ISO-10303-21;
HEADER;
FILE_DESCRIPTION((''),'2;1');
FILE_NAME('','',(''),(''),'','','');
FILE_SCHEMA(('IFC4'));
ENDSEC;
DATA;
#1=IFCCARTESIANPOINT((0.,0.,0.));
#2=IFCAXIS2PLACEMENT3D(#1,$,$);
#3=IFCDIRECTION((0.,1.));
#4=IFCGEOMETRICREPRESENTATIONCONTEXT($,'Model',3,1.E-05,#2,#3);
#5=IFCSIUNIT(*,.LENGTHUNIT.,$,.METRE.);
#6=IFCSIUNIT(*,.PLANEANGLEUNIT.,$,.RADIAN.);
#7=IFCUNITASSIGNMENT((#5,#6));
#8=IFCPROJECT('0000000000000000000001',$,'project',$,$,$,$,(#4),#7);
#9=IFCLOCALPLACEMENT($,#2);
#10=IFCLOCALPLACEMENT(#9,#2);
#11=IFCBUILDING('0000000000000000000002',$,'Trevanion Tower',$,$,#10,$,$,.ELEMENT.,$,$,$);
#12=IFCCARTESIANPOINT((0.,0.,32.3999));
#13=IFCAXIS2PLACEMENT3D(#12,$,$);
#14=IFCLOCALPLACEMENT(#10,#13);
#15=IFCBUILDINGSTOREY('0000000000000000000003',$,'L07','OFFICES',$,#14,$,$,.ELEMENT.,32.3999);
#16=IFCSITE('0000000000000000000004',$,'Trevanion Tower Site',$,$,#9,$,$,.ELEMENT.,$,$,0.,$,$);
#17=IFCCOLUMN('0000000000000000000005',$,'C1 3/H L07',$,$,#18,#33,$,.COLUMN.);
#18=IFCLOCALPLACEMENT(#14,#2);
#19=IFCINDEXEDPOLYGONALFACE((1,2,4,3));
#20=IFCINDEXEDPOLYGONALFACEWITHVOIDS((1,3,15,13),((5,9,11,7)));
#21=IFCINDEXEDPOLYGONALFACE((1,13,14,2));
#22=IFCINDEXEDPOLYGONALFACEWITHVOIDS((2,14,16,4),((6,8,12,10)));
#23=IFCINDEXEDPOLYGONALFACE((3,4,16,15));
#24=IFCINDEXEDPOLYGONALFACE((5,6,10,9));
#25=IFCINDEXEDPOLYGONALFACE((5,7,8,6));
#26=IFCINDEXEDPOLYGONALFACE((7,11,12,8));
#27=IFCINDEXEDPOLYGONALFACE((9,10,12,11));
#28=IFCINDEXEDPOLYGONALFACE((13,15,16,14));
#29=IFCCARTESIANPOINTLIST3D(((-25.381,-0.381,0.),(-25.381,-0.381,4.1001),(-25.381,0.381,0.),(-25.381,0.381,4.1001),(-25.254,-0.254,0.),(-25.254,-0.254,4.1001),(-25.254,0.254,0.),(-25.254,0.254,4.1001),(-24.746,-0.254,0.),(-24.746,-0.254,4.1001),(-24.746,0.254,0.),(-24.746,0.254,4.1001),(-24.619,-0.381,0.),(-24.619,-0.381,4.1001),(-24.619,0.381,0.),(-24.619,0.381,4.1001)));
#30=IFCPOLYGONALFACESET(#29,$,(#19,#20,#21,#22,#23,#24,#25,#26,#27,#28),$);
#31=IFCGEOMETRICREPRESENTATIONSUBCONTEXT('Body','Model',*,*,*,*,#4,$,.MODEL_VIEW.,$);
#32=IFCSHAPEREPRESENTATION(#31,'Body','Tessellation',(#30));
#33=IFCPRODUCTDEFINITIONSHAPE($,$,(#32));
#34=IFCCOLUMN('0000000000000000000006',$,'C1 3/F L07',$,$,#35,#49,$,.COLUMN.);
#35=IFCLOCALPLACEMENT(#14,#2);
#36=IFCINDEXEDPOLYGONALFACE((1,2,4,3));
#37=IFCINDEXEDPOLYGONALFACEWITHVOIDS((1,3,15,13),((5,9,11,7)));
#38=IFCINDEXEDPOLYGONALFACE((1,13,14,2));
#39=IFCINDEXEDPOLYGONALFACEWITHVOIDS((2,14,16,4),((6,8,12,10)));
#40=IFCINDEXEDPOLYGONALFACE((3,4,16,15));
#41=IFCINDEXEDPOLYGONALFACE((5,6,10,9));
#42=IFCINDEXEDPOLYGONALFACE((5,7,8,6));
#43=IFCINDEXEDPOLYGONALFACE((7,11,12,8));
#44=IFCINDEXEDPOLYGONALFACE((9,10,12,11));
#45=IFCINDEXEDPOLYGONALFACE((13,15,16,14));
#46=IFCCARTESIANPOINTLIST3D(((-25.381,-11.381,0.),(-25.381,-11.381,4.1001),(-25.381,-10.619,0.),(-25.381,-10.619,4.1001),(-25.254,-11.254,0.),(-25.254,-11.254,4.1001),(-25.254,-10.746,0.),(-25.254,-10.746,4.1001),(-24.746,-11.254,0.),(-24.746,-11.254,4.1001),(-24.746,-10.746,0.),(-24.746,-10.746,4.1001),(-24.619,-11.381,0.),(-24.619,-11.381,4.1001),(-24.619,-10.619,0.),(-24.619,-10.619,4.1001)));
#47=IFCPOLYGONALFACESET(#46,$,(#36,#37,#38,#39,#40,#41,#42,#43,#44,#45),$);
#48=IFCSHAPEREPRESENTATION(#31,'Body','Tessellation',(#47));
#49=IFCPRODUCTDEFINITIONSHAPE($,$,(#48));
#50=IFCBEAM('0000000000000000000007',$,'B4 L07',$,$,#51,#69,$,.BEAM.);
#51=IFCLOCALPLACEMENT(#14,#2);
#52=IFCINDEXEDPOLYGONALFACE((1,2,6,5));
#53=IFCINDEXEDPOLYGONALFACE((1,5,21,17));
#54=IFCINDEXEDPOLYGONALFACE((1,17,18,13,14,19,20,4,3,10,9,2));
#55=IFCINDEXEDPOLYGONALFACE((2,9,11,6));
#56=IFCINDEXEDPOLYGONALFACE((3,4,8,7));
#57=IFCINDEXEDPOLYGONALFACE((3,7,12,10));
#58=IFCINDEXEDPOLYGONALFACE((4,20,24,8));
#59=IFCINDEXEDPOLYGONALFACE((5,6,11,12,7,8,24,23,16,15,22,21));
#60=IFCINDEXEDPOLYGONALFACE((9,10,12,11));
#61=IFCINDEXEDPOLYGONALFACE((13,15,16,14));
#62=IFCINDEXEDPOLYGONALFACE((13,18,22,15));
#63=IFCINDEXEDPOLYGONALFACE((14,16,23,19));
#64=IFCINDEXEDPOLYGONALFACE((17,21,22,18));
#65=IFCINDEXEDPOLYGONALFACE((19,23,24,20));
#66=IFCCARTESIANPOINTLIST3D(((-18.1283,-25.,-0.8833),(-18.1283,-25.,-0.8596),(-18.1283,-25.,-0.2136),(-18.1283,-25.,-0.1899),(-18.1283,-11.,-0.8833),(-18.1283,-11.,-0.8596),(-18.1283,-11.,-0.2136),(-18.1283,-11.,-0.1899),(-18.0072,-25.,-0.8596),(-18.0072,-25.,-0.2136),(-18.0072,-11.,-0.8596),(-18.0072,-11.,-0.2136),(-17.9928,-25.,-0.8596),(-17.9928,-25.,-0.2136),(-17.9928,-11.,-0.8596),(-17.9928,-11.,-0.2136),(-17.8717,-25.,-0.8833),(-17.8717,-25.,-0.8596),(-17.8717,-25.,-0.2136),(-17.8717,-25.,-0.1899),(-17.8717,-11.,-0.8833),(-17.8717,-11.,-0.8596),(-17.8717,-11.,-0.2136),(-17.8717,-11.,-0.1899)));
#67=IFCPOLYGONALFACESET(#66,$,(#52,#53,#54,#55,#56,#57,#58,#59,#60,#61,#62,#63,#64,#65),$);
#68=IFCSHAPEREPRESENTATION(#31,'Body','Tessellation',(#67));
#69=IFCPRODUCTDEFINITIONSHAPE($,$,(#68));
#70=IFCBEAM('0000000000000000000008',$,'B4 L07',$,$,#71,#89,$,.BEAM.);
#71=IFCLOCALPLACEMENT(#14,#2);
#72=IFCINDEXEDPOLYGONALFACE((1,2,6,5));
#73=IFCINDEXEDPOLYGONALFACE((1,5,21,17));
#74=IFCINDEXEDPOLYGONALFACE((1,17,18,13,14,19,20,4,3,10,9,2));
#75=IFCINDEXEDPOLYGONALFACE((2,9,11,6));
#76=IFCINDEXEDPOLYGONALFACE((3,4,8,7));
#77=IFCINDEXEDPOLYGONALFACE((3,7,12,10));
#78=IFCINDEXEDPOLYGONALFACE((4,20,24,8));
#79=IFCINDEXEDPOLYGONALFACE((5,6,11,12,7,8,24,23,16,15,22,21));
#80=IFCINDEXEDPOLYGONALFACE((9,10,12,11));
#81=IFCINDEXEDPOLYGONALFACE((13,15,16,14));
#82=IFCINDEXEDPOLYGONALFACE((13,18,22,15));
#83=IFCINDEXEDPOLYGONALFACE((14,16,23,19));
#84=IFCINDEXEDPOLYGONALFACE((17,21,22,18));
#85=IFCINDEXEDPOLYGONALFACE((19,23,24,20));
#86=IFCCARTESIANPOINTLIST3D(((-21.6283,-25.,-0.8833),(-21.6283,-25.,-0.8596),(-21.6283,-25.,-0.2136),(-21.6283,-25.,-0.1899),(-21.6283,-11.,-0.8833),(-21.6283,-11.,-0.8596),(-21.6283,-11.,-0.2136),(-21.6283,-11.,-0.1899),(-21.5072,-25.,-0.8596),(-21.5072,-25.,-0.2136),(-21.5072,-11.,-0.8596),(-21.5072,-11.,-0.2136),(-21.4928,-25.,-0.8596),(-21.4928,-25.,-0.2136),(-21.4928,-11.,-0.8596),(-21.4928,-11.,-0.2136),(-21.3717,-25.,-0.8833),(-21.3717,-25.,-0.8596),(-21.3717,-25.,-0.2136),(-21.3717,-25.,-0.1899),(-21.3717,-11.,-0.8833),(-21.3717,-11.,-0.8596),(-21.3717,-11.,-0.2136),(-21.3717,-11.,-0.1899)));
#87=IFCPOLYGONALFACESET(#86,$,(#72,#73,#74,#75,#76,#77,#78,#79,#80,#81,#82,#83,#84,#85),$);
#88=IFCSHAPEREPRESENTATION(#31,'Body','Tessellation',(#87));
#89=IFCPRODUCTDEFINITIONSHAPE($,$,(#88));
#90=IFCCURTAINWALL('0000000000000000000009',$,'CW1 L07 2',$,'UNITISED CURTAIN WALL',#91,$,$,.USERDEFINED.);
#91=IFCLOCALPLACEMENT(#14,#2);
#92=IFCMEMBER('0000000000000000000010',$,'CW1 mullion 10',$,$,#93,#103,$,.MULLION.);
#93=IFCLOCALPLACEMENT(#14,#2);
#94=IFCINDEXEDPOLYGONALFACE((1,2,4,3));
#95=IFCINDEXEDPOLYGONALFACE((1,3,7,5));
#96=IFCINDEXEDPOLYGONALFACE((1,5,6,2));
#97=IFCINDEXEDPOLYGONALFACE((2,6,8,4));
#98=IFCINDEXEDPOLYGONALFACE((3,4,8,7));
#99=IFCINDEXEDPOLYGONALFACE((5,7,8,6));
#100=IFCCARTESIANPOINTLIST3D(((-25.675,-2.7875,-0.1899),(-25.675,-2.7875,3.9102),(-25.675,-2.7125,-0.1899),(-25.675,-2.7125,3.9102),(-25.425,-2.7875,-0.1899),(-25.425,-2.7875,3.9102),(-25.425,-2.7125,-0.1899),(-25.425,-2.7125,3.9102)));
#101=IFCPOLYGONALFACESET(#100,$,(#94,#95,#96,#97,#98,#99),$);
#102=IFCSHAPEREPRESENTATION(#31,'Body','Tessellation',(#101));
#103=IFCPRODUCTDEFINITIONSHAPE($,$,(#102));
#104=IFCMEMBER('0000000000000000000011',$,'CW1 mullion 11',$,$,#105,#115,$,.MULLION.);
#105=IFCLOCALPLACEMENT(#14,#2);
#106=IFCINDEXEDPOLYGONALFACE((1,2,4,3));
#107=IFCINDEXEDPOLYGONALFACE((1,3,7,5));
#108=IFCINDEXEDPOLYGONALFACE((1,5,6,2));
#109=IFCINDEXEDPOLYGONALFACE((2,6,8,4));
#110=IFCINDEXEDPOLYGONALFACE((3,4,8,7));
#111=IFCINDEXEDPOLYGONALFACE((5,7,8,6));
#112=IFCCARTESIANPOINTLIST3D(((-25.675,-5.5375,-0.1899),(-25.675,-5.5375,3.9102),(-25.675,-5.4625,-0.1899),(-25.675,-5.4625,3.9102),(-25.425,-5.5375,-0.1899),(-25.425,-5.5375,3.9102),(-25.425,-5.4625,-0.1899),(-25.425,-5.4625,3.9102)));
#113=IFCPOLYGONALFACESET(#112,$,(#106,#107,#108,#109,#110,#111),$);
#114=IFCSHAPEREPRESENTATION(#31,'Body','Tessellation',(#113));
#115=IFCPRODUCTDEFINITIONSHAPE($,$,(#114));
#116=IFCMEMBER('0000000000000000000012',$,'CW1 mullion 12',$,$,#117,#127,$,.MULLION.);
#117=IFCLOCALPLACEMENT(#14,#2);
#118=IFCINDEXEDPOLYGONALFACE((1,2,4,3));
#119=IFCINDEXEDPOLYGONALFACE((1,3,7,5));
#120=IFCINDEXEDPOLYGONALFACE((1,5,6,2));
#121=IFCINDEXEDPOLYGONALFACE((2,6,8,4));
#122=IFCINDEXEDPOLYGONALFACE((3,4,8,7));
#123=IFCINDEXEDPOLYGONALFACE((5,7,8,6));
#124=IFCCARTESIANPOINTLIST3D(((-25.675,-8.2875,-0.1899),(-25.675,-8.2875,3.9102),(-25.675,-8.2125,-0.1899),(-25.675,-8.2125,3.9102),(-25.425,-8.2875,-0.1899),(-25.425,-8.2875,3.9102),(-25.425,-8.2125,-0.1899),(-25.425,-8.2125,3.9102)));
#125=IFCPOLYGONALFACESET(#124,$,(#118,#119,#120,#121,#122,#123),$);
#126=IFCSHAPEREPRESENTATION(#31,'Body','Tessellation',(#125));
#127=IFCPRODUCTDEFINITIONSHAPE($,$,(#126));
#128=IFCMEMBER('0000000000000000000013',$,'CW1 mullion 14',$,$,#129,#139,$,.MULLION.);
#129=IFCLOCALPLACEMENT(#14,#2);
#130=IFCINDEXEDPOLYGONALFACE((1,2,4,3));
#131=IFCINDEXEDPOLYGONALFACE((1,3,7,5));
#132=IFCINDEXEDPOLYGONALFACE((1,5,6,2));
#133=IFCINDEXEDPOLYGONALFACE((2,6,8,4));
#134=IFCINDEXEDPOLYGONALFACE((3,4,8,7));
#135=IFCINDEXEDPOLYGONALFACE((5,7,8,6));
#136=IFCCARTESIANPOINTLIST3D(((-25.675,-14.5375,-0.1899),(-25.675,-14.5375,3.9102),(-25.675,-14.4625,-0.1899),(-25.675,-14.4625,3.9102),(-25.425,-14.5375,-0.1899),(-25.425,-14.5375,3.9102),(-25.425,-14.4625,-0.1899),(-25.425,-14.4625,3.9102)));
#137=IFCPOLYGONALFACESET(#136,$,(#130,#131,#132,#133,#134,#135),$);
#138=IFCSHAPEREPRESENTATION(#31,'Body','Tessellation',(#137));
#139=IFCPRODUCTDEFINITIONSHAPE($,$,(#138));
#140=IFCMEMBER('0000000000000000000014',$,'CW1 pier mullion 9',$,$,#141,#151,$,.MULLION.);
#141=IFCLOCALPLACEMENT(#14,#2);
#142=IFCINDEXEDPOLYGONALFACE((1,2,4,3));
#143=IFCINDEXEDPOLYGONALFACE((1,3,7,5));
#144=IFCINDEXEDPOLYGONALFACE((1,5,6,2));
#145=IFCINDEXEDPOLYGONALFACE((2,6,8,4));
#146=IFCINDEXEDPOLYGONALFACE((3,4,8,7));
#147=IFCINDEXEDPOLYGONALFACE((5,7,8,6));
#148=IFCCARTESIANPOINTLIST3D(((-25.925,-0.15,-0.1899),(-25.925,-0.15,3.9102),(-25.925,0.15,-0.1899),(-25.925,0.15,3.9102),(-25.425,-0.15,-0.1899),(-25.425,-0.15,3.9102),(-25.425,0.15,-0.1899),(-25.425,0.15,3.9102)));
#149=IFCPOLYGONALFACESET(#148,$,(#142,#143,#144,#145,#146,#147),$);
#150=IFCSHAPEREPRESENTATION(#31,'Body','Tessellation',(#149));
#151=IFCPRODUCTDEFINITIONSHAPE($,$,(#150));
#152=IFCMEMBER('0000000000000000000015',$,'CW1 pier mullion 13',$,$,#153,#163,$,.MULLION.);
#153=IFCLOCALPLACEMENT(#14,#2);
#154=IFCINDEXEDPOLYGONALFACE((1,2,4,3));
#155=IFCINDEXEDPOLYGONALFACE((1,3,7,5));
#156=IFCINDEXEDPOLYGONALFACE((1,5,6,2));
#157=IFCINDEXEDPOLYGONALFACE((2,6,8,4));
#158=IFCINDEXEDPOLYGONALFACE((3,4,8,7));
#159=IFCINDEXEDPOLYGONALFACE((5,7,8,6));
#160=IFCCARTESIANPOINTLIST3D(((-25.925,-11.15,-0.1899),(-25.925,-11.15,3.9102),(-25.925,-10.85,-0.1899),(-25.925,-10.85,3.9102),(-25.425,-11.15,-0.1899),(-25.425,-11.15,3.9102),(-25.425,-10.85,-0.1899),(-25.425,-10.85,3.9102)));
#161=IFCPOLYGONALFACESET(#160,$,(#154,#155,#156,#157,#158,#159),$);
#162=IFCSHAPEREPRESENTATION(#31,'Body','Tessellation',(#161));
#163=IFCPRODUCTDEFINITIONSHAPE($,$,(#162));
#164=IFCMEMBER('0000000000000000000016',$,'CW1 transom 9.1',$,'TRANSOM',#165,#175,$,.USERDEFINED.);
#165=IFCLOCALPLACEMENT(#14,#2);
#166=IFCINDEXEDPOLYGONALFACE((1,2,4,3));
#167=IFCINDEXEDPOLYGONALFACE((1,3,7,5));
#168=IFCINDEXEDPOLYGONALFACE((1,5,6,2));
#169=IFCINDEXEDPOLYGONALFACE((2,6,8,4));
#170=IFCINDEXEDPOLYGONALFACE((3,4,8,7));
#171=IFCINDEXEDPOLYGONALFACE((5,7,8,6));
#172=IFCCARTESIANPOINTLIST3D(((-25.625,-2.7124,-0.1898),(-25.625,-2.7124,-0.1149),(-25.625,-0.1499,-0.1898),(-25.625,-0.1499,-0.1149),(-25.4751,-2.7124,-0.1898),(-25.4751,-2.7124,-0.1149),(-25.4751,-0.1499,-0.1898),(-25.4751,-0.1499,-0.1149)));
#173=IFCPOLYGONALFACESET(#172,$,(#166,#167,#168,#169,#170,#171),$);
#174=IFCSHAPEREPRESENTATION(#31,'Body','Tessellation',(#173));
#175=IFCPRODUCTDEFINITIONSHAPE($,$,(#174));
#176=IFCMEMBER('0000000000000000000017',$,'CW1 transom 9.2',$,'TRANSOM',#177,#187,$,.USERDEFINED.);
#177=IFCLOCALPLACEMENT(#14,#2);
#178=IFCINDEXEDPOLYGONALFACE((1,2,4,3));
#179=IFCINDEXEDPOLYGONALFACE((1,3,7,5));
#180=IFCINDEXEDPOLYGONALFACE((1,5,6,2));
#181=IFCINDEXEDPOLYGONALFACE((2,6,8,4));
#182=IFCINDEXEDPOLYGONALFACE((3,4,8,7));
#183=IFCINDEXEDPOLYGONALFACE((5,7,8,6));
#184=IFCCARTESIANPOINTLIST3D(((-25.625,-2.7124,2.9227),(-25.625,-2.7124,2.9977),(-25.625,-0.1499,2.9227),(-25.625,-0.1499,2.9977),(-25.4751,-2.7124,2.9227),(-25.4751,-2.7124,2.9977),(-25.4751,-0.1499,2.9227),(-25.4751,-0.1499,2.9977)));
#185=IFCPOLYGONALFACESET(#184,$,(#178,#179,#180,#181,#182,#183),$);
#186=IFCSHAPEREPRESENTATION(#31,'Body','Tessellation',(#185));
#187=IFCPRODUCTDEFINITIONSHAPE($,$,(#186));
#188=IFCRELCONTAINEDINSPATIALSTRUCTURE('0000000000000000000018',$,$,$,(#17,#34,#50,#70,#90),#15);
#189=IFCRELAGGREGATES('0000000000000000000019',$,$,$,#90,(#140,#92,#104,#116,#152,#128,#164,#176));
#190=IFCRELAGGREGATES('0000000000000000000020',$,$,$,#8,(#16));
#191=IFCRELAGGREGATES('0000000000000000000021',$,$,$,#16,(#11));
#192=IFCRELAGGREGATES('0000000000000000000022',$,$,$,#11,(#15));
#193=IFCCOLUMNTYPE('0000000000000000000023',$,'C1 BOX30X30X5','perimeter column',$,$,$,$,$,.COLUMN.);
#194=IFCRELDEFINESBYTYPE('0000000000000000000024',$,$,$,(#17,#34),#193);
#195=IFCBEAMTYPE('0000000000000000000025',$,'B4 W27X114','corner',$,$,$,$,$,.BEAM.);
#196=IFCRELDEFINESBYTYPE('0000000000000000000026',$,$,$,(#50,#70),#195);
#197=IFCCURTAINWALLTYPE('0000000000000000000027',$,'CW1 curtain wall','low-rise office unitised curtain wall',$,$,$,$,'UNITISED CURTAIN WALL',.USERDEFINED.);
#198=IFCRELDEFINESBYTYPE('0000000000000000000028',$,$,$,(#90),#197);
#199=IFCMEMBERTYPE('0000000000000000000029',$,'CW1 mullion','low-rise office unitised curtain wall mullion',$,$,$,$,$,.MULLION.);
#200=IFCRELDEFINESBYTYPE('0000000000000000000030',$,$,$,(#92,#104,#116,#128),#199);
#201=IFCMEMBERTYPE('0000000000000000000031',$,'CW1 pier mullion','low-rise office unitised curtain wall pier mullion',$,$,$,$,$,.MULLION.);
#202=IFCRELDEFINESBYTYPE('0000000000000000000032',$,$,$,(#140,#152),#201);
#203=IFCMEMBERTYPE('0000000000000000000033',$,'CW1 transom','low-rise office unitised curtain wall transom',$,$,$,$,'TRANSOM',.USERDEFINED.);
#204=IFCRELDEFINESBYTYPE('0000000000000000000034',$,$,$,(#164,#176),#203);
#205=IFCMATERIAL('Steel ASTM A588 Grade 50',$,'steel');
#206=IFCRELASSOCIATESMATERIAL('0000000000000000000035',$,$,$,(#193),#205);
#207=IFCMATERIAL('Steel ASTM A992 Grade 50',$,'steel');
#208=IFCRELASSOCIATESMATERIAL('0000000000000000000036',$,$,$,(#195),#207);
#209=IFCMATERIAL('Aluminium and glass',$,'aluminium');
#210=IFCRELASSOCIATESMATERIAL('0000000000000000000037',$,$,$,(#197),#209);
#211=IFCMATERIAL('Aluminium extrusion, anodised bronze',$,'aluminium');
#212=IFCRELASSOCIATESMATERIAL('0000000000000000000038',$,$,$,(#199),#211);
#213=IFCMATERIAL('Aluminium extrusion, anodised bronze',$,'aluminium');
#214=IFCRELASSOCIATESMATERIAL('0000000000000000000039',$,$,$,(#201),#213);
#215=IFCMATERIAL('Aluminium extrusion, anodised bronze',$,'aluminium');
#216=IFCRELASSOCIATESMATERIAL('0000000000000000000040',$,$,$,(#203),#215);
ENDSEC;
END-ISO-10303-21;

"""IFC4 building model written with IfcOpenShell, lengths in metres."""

from ifc_helpers import new_model, si_unit, direction, frame, origin, origin_2d, place, context, subcontext, project, spatial, rectangle, hollow_rectangle, i_section, extrude, material, material_profile, profile_set, type_object, element, aggregate, save


model = new_model("IFC4")

# Units and contexts
model_context = context("Model", 3, precision=1e-05, world=origin(), true_north=direction((0.0, 1.0)))
body_context = subcontext(model_context, "Body", "Model", "MODEL_VIEW")
ifc_project = project(units=[si_unit("LENGTHUNIT", "METRE"), si_unit("PLANEANGLEUNIT", "RADIAN")], contexts=[model_context])

# Site, building, storey
site_placement = place(None, origin())
site = spatial("IfcSite", under=ifc_project, at=site_placement, Name="Trevanion Tower Site", CompositionType="ELEMENT", RefElevation=0.0)
building_placement = place(site_placement, origin())
building = spatial("IfcBuilding", under=site, at=building_placement, Name="Trevanion Tower", CompositionType="ELEMENT")
storey_placement = place(building_placement, frame((0.0, 0.0, 32.3999)))
storey = spatial("IfcBuildingStorey", under=building, at=storey_placement, Name="L07", Description="OFFICES", CompositionType="ELEMENT", Elevation=32.3999)

# Columns
ifc_material_1 = material(Name="Steel ASTM A588 Grade 50", Category="steel")
ifc_material_profile_1 = material_profile(ifc_material_1, hollow_rectangle(XDim=0.762, YDim=0.762, WallThickness=0.127, at=origin_2d()), Name="BOX30X30X5")
ifc_profile_set_1 = profile_set([ifc_material_profile_1], Name="Steel ASTM A588 Grade 50")
column_type = type_object("IfcColumnType", Name="C1 BOX30X30X5", Description="perimeter column", PredefinedType="COLUMN", material=ifc_profile_set_1)
for number, where, z_axis, x_axis, name in (
    (1, (-25.0, 0.0, 0.0), (0.0, 0.0, 1.0), (0.0, 1.0, 0.0), "C1 3/H L07"),
    (2, (-25.0, -11.0, 0.0), (0.0, 0.0, 1.0), (0.0, 1.0, 0.0), "C1 3/F L07"),
):
    element("IfcColumn", number, at=place(storey_placement, frame(where, z_axis=z_axis, x_axis=x_axis)), inside=storey, type_object=column_type, Name=name, PredefinedType="COLUMN", context=body_context, shape_type="SweptSolid", body=[
        extrude(hollow_rectangle(XDim=0.762, YDim=0.762, WallThickness=0.127, at=origin_2d()), origin(), (0.0, 0.0, 1.0), 4.1001),
    ])

# Beams
ifc_material_2 = material(Name="Steel ASTM A992 Grade 50", Category="steel")
ifc_material_profile_2 = material_profile(ifc_material_2, i_section(OverallWidth=0.2566, OverallDepth=0.6934, WebThickness=0.0144, FlangeThickness=0.0237, at=origin_2d()), Name="W27X114")
ifc_profile_set_2 = profile_set([ifc_material_profile_2], Name="Steel ASTM A992 Grade 50")
beam_type_1 = type_object("IfcBeamType", Name="B4 W27X114", Description="corner", PredefinedType="BEAM", material=ifc_profile_set_2)
for number, where, z_axis, x_axis, name in (
    (3, (-18.0, -11.0, -0.5366), (0.0, -1.0, 0.0), (1.0, 0.0, 0.0), "B4 L07"),
    (4, (-21.5, -11.0, -0.5366), (0.0, -1.0, 0.0), (1.0, 0.0, 0.0), "B4 L07"),
):
    element("IfcBeam", number, at=place(storey_placement, frame(where, z_axis=z_axis, x_axis=x_axis)), inside=storey, type_object=beam_type_1, Name=name, PredefinedType="BEAM", context=body_context, shape_type="SweptSolid", body=[
        extrude(i_section(OverallWidth=0.2566, OverallDepth=0.6934, WebThickness=0.0144, FlangeThickness=0.0237, at=origin_2d()), origin(), (0.0, 0.0, 1.0), 14.0),
    ])

# Curtain wall, members
ifc_material_3 = material(Name="Aluminium and glass", Category="aluminium")
curtain_wall_type = type_object("IfcCurtainWallType", Name="CW1 curtain wall", Description="low-rise office unitised curtain wall", ElementType="UNITISED CURTAIN WALL", PredefinedType="USERDEFINED", material=ifc_material_3)
curtain_wall_placement = place(storey_placement, origin())
curtain_wall = element("IfcCurtainWall", 5, at=curtain_wall_placement, inside=storey, type_object=curtain_wall_type, Name="CW1 L07 2", ObjectType="UNITISED CURTAIN WALL", PredefinedType="USERDEFINED")
ifc_material_4 = material(Name="Aluminium extrusion, anodised bronze", Category="aluminium")
ifc_material_profile_3 = material_profile(ifc_material_4, rectangle(XDim=0.075, YDim=0.25, at=origin_2d()), Name="CW1 mullion")
ifc_profile_set_3 = profile_set([ifc_material_profile_3], Name="Aluminium extrusion, anodised bronze")
member_type_1 = type_object("IfcMemberType", Name="CW1 mullion", Description="low-rise office unitised curtain wall mullion", PredefinedType="MULLION", material=ifc_profile_set_3)
member_1_placement = place(storey_placement, frame((-25.55, -2.75, -0.1899), z_axis=(0.0, 0.0, 1.0), x_axis=(0.0, -1.0, 0.0)))
member_1 = element("IfcMember", 6, at=member_1_placement, type_object=member_type_1, Name="CW1 mullion 10", PredefinedType="MULLION", context=body_context, shape_type="SweptSolid", body=[
    extrude(rectangle(XDim=0.075, YDim=0.25, at=origin_2d()), origin(), (0.0, 0.0, 1.0), 4.1001),
])
member_2_placement = place(storey_placement, frame((-25.55, -5.5, -0.1899), z_axis=(0.0, 0.0, 1.0), x_axis=(0.0, -1.0, 0.0)))
member_2 = element("IfcMember", 7, at=member_2_placement, type_object=member_type_1, Name="CW1 mullion 11", PredefinedType="MULLION", context=body_context, shape_type="SweptSolid", body=[
    extrude(rectangle(XDim=0.075, YDim=0.25, at=origin_2d()), origin(), (0.0, 0.0, 1.0), 4.1001),
])
member_3_placement = place(storey_placement, frame((-25.55, -8.25, -0.1899), z_axis=(0.0, 0.0, 1.0), x_axis=(0.0, -1.0, 0.0)))
member_3 = element("IfcMember", 8, at=member_3_placement, type_object=member_type_1, Name="CW1 mullion 12", PredefinedType="MULLION", context=body_context, shape_type="SweptSolid", body=[
    extrude(rectangle(XDim=0.075, YDim=0.25, at=origin_2d()), origin(), (0.0, 0.0, 1.0), 4.1001),
])
member_4_placement = place(storey_placement, frame((-25.55, -14.5, -0.1899), z_axis=(0.0, 0.0, 1.0), x_axis=(0.0, -1.0, 0.0)))
member_4 = element("IfcMember", 9, at=member_4_placement, type_object=member_type_1, Name="CW1 mullion 14", PredefinedType="MULLION", context=body_context, shape_type="SweptSolid", body=[
    extrude(rectangle(XDim=0.075, YDim=0.25, at=origin_2d()), origin(), (0.0, 0.0, 1.0), 4.1001),
])
ifc_material_5 = material(Name="Aluminium extrusion, anodised bronze", Category="aluminium")
ifc_material_profile_4 = material_profile(ifc_material_5, rectangle(XDim=0.3, YDim=0.5, at=origin_2d()), Name="CW1 pier mullion")
ifc_profile_set_4 = profile_set([ifc_material_profile_4], Name="Aluminium extrusion, anodised bronze")
member_type_2 = type_object("IfcMemberType", Name="CW1 pier mullion", Description="low-rise office unitised curtain wall pier mullion", PredefinedType="MULLION", material=ifc_profile_set_4)
member_5_placement = place(storey_placement, frame((-25.675, 0.0, -0.1899), z_axis=(0.0, 0.0, 1.0), x_axis=(0.0, -1.0, 0.0)))
member_5 = element("IfcMember", 10, at=member_5_placement, type_object=member_type_2, Name="CW1 pier mullion 9", PredefinedType="MULLION", context=body_context, shape_type="SweptSolid", body=[
    extrude(rectangle(XDim=0.3, YDim=0.5, at=origin_2d()), origin(), (0.0, 0.0, 1.0), 4.1001),
])
member_6_placement = place(storey_placement, frame((-25.675, -11.0, -0.1899), z_axis=(0.0, 0.0, 1.0), x_axis=(0.0, -1.0, 0.0)))
member_6 = element("IfcMember", 11, at=member_6_placement, type_object=member_type_2, Name="CW1 pier mullion 13", PredefinedType="MULLION", context=body_context, shape_type="SweptSolid", body=[
    extrude(rectangle(XDim=0.3, YDim=0.5, at=origin_2d()), origin(), (0.0, 0.0, 1.0), 4.1001),
])
ifc_material_6 = material(Name="Aluminium extrusion, anodised bronze", Category="aluminium")
ifc_material_profile_5 = material_profile(ifc_material_6, rectangle(XDim=0.1499, YDim=0.075, at=origin_2d()), Name="CW1 transom")
ifc_profile_set_5 = profile_set([ifc_material_profile_5], Name="Aluminium extrusion, anodised bronze")
member_type_3 = type_object("IfcMemberType", Name="CW1 transom", Description="low-rise office unitised curtain wall transom", ElementType="TRANSOM", PredefinedType="USERDEFINED", material=ifc_profile_set_5)
member_7_placement = place(storey_placement, frame((-25.55, -0.1499, -0.1523), z_axis=(0.0, -1.0, 0.0), x_axis=(1.0, 0.0, 0.0)))
member_7 = element("IfcMember", 12, at=member_7_placement, type_object=member_type_3, Name="CW1 transom 9.1", ObjectType="TRANSOM", PredefinedType="USERDEFINED", context=body_context, shape_type="SweptSolid", body=[
    extrude(rectangle(XDim=0.1499, YDim=0.075, at=origin_2d()), origin(), (0.0, 0.0, 1.0), 2.5625),
])
member_8_placement = place(storey_placement, frame((-25.55, -0.1499, 2.9602), z_axis=(0.0, -1.0, 0.0), x_axis=(1.0, 0.0, 0.0)))
member_8 = element("IfcMember", 13, at=member_8_placement, type_object=member_type_3, Name="CW1 transom 9.2", ObjectType="TRANSOM", PredefinedType="USERDEFINED", context=body_context, shape_type="SweptSolid", body=[
    extrude(rectangle(XDim=0.1499, YDim=0.075, at=origin_2d()), origin(), (0.0, 0.0, 1.0), 2.5625),
])

aggregate(curtain_wall, [member_5, member_1, member_2, member_3, member_6, member_4, member_7, member_8])

save(model, "model.ifc")
